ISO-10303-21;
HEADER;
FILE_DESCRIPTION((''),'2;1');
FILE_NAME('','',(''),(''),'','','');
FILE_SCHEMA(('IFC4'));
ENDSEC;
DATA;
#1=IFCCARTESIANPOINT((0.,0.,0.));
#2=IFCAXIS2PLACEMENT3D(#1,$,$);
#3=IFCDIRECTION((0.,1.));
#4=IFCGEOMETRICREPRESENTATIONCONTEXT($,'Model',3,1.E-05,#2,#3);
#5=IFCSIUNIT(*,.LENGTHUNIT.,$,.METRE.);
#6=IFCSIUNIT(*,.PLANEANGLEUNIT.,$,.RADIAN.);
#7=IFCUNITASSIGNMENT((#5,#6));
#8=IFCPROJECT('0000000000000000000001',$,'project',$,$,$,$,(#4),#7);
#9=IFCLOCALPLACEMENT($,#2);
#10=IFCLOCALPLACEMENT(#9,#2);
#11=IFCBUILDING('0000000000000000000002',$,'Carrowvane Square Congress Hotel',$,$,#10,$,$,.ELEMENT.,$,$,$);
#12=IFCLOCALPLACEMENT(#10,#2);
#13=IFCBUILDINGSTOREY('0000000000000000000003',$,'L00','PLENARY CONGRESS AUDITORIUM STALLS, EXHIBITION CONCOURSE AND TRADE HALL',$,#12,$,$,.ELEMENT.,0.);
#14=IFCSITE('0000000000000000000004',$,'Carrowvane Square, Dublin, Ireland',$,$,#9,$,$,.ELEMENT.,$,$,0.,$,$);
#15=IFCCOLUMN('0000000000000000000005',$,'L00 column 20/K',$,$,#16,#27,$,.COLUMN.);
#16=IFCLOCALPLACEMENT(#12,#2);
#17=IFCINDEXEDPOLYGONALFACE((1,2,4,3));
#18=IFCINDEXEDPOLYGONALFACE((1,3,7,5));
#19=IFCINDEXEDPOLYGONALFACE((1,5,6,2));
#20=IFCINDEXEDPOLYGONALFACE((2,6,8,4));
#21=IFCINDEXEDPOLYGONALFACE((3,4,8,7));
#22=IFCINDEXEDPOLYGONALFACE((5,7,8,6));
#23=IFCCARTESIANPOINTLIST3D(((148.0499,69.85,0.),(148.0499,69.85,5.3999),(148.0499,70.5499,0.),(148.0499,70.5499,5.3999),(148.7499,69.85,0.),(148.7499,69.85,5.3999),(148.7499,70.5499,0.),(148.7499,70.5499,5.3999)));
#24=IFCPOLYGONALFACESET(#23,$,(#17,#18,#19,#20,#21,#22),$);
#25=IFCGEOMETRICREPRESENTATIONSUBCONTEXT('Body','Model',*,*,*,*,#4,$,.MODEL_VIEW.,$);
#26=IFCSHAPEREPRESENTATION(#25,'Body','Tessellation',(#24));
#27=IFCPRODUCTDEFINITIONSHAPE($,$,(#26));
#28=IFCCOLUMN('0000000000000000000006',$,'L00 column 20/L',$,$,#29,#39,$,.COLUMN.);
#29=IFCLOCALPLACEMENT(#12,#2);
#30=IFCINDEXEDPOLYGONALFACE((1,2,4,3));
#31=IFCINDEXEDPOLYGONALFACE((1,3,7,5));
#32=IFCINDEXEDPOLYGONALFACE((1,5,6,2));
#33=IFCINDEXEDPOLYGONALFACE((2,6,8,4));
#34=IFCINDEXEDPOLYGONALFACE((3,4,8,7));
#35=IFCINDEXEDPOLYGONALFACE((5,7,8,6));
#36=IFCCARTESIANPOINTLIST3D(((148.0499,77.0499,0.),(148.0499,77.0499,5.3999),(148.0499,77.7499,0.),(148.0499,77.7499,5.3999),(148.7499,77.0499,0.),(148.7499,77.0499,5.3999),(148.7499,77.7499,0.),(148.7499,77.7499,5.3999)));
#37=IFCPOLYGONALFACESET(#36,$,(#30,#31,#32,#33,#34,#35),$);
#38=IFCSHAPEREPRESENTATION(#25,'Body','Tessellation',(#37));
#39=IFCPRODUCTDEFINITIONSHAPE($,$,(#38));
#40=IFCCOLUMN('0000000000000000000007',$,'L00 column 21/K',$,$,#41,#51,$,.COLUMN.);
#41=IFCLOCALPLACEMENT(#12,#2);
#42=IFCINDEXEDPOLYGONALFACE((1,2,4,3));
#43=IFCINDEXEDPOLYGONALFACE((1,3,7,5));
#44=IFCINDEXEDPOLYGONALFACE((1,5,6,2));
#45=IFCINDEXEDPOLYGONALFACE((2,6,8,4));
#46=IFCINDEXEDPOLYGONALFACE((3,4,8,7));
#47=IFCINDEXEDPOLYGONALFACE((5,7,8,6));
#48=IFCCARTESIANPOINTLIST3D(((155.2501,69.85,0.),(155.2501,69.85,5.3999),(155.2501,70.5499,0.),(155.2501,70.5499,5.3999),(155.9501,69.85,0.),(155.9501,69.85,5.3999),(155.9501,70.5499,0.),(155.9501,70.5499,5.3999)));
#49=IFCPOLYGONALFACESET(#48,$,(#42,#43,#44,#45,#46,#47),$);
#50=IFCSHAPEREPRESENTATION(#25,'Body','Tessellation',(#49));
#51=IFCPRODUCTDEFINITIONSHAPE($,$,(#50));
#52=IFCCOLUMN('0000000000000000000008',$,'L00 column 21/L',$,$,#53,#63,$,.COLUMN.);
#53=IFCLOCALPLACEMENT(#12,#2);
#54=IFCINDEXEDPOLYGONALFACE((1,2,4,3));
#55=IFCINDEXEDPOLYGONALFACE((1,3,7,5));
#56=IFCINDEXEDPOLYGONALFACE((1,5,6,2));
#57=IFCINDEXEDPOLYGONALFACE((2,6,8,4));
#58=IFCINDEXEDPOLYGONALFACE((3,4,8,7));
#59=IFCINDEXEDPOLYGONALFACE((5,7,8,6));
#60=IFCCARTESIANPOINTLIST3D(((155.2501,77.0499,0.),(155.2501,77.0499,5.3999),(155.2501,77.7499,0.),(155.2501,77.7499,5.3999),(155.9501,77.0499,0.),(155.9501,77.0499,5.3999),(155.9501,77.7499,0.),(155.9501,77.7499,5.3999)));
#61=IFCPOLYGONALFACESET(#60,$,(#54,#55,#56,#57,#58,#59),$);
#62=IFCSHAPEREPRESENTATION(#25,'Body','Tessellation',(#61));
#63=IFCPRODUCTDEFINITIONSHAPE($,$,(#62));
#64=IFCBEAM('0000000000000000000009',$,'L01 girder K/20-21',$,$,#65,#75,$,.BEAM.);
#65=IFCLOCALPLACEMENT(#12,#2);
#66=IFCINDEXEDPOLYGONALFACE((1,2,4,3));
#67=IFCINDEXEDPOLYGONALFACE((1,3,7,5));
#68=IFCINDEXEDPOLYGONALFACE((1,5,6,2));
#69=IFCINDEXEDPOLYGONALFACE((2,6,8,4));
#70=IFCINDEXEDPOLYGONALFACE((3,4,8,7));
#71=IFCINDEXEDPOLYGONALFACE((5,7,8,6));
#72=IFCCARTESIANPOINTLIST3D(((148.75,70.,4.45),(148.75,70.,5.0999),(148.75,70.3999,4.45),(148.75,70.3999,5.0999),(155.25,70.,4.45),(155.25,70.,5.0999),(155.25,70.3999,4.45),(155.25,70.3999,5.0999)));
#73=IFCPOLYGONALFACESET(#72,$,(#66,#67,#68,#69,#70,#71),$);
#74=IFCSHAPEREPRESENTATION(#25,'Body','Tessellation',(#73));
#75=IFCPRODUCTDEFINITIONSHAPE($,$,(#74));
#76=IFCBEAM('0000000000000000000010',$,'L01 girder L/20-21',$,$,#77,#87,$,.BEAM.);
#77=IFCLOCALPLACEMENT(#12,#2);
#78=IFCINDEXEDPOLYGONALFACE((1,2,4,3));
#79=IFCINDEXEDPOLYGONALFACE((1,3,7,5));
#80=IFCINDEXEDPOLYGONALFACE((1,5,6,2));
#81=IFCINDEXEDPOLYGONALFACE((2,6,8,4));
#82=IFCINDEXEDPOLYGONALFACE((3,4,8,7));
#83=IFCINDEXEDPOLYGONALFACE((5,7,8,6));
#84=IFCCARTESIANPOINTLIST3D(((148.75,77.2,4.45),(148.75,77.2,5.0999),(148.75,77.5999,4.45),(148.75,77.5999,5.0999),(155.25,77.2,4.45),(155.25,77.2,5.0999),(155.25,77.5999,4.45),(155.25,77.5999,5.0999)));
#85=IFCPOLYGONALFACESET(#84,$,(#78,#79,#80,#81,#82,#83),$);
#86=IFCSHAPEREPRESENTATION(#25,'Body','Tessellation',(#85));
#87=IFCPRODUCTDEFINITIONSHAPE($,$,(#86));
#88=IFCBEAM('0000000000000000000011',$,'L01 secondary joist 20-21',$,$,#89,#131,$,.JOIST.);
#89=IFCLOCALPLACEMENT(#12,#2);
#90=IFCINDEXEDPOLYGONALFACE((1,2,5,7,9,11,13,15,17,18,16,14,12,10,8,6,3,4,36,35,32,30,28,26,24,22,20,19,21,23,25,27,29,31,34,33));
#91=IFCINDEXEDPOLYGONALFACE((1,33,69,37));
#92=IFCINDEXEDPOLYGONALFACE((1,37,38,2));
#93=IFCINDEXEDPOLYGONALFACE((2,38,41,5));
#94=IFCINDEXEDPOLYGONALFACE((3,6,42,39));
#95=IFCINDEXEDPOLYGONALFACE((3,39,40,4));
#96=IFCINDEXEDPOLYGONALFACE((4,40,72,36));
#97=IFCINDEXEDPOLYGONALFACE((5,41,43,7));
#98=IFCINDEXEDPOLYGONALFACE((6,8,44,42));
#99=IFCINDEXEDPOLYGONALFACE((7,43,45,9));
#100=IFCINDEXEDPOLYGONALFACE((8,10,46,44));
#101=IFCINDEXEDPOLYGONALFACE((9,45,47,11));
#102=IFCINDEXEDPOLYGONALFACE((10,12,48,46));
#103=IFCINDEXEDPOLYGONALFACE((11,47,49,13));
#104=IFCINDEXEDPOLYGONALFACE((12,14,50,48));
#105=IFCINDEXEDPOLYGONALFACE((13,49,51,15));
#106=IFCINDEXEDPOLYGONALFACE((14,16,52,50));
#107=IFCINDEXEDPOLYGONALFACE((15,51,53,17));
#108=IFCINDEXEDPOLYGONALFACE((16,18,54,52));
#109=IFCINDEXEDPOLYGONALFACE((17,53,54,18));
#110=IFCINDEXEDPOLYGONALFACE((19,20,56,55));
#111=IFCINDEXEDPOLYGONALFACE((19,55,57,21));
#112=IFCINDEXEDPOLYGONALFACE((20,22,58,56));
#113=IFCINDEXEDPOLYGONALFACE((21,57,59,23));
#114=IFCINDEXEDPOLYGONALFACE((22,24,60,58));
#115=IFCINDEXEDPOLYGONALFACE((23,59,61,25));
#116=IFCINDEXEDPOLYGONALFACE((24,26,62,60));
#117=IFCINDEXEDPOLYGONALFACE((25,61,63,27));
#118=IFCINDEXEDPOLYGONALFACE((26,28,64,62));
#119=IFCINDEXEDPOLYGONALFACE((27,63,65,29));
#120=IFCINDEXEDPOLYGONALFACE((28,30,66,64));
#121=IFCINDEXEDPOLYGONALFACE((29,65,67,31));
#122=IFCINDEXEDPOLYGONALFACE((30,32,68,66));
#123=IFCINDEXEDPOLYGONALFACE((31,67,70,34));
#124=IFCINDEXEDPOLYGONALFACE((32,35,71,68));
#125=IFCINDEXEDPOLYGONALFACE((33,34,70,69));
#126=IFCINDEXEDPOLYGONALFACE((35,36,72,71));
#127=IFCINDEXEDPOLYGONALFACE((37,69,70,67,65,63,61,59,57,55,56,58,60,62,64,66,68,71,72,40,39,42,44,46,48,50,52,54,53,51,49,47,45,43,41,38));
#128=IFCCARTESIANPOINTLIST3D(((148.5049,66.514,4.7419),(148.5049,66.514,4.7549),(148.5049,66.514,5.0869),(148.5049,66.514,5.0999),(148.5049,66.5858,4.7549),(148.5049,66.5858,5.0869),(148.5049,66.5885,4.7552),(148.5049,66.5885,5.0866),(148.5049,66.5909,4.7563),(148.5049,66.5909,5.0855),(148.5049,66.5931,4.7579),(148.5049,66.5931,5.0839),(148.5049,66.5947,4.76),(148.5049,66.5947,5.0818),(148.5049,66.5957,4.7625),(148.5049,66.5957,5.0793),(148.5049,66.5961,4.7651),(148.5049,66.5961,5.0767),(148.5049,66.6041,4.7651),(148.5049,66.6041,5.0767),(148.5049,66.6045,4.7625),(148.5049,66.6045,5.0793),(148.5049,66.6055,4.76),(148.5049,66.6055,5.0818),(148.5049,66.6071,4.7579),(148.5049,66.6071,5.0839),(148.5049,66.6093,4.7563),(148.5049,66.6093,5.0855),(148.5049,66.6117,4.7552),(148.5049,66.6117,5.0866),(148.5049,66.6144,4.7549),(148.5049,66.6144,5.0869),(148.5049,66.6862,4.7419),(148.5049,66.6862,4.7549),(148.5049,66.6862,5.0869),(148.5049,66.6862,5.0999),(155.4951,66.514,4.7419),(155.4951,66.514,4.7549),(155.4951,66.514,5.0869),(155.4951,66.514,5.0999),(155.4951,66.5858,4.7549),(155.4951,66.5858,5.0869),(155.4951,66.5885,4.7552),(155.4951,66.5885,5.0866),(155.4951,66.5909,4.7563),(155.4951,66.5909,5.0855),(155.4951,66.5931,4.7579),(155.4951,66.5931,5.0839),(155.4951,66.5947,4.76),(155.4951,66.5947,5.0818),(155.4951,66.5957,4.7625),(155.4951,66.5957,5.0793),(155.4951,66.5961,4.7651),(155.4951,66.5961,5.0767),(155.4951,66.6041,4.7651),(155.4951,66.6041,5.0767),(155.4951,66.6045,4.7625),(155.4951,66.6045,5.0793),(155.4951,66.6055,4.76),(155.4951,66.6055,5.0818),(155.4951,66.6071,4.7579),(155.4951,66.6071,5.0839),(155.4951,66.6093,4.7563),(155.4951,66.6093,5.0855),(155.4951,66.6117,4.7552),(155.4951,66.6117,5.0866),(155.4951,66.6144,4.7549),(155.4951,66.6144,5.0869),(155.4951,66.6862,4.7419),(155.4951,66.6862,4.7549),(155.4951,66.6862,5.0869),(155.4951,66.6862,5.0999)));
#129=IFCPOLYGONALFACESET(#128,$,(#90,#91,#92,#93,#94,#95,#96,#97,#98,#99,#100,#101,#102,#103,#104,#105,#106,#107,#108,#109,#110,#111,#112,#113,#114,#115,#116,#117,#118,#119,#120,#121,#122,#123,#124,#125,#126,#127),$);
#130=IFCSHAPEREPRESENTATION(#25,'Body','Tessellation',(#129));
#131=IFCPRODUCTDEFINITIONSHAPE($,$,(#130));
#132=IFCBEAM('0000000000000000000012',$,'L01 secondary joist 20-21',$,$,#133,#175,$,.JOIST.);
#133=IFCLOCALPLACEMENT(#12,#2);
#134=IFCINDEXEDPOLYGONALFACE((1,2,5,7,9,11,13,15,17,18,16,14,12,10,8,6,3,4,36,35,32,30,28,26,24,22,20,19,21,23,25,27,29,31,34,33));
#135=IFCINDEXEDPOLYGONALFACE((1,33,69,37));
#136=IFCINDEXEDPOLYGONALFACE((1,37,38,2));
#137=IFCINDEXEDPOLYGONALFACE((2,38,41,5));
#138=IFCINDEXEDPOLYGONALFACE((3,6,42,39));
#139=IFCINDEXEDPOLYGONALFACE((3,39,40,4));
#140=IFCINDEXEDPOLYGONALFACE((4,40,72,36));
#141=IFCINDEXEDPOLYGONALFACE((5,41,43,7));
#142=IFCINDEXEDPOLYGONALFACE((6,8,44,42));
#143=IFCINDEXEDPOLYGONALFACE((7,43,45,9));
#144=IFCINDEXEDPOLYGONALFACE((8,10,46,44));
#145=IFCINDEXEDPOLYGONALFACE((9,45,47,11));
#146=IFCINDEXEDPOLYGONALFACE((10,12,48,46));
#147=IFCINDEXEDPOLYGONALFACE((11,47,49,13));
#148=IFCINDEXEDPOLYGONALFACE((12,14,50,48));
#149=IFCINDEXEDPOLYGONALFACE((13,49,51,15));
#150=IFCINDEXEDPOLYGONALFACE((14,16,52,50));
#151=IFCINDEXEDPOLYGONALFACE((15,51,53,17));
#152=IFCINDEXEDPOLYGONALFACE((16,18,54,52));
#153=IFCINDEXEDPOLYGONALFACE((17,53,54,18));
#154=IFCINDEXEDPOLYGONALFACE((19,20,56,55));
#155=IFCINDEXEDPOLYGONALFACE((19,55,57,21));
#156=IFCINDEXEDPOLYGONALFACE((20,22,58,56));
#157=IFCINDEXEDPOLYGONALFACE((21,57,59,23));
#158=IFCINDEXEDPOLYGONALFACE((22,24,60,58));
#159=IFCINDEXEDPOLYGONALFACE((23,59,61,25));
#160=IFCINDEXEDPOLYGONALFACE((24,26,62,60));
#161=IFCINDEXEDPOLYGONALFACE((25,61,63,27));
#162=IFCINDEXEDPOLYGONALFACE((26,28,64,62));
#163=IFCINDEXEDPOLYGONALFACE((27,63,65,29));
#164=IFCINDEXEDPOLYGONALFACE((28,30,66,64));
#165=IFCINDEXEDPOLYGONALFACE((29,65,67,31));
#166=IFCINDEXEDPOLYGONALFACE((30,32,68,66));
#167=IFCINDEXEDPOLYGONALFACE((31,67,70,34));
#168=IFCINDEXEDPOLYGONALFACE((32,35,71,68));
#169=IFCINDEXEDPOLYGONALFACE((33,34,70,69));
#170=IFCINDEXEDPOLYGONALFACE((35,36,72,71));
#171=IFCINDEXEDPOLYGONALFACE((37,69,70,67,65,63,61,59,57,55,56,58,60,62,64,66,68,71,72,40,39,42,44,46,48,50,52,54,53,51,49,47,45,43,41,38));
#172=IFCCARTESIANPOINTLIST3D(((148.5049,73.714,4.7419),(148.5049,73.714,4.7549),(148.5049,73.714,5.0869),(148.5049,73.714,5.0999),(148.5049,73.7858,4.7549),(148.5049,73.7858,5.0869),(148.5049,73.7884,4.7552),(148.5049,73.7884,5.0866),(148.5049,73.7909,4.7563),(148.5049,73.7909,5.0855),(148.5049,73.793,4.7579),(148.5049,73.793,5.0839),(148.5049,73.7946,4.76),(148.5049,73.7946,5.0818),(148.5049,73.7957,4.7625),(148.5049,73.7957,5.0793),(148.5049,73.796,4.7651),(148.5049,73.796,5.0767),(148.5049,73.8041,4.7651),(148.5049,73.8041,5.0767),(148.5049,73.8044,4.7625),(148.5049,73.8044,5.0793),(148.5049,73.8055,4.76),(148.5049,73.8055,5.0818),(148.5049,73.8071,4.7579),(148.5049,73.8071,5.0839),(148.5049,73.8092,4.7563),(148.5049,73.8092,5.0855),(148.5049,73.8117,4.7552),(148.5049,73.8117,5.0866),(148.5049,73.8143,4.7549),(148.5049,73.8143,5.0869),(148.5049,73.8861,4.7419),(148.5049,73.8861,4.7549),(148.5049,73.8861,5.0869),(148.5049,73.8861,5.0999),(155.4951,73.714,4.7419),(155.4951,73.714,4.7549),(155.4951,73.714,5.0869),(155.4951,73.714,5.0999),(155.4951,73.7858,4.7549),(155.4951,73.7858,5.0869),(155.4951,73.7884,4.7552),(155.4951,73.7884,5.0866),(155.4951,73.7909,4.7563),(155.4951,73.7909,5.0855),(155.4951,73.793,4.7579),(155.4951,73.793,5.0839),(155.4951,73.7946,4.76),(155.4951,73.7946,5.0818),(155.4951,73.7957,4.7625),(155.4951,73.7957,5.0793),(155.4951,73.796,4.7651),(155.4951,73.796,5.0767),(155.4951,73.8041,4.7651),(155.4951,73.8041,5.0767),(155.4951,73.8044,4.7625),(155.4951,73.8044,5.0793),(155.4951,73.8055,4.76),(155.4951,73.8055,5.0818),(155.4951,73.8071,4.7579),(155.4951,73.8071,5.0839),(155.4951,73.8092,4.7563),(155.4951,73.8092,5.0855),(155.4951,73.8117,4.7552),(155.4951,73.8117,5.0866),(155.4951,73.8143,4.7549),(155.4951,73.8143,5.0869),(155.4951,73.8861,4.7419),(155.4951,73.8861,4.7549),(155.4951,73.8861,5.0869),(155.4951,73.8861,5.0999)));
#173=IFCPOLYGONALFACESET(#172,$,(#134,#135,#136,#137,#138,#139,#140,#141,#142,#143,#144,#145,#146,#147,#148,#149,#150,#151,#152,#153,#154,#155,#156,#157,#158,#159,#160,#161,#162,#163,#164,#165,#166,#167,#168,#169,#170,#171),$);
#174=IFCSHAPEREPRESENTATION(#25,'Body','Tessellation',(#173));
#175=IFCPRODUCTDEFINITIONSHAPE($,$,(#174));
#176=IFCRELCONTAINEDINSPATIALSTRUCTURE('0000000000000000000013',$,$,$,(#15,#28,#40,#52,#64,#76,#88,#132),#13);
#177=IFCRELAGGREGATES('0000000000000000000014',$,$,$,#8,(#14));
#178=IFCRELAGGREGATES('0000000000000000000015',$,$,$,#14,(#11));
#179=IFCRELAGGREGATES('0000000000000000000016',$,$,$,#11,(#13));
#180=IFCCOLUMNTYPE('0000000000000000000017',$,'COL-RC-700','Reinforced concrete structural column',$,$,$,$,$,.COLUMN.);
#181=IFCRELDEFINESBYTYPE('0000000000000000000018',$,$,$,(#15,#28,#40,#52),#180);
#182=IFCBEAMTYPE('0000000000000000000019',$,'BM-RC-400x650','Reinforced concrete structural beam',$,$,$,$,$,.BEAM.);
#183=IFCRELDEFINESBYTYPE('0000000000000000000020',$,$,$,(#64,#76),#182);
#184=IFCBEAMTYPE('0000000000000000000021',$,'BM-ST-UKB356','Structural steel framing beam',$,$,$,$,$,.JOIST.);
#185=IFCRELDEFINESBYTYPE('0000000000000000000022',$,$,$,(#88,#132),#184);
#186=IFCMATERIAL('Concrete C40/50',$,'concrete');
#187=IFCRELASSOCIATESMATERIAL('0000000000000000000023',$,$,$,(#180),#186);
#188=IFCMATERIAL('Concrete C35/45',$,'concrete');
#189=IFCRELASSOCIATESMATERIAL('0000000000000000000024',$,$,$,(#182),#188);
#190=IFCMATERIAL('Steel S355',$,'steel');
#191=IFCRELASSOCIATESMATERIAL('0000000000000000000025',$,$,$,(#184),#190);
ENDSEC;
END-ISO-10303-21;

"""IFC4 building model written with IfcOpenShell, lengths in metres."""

from ifc_helpers import new_model, si_unit, direction, frame, origin, origin_2d, place, context, subcontext, project, spatial, rectangle, i_section, extrude, material, material_profile, profile_set, type_object, element, save


model = new_model("IFC4")

# Units and contexts
model_context = context("Model", 3, precision=1e-05, world=origin(), true_north=direction((0.0, 1.0)))
body_context = subcontext(model_context, "Body", "Model", "MODEL_VIEW")
ifc_project = project(units=[si_unit("LENGTHUNIT", "METRE"), si_unit("PLANEANGLEUNIT", "RADIAN")], contexts=[model_context])

# Site, building, storey
site_placement = place(None, origin())
site = spatial("IfcSite", under=ifc_project, at=site_placement, Name="Carrowvane Square, Dublin, Ireland", CompositionType="ELEMENT", RefElevation=0.0)
building_placement = place(site_placement, origin())
building = spatial("IfcBuilding", under=site, at=building_placement, Name="Carrowvane Square Congress Hotel", CompositionType="ELEMENT")
storey_placement = place(building_placement, origin())
storey = spatial("IfcBuildingStorey", under=building, at=storey_placement, Name="L00", Description="PLENARY CONGRESS AUDITORIUM STALLS, EXHIBITION CONCOURSE AND TRADE HALL", CompositionType="ELEMENT", Elevation=0.0)

# Columns
ifc_material_1 = material(Name="Concrete C40/50", Category="concrete")
ifc_material_profile_1 = material_profile(ifc_material_1, rectangle(XDim=0.7, YDim=0.7, at=origin_2d()), Name="RC 700x700")
ifc_profile_set_1 = profile_set([ifc_material_profile_1], Name="Concrete C40/50")
column_type = type_object("IfcColumnType", Name="COL-RC-700", Description="Reinforced concrete structural column", PredefinedType="COLUMN", material=ifc_profile_set_1)
for number, where, z_axis, x_axis, name in (
    (1, (148.3999, 70.2, 0.0), (0.0, 0.0, 1.0), (1.0, 0.0, 0.0), "L00 column 20/K"),
    (2, (148.3999, 77.3999, 0.0), (0.0, 0.0, 1.0), (1.0, 0.0, 0.0), "L00 column 20/L"),
    (3, (155.6001, 70.2, 0.0), (0.0, 0.0, 1.0), (1.0, 0.0, 0.0), "L00 column 21/K"),
    (4, (155.6001, 77.3999, 0.0), (0.0, 0.0, 1.0), (1.0, 0.0, 0.0), "L00 column 21/L"),
):
    element("IfcColumn", number, at=place(storey_placement, frame(where, z_axis=z_axis, x_axis=x_axis)), inside=storey, type_object=column_type, Name=name, PredefinedType="COLUMN", context=body_context, shape_type="SweptSolid", body=[
        extrude(rectangle(XDim=0.7, YDim=0.7, at=origin_2d()), origin(), (0.0, 0.0, 1.0), 5.3999),
    ])

# Beams
ifc_material_2 = material(Name="Concrete C35/45", Category="concrete")
ifc_material_profile_2 = material_profile(ifc_material_2, rectangle(XDim=0.3999, YDim=0.6499, at=origin_2d()), Name="RC 400x650")
ifc_profile_set_2 = profile_set([ifc_material_profile_2], Name="Concrete C35/45")
beam_type_1 = type_object("IfcBeamType", Name="BM-RC-400x650", Description="Reinforced concrete structural beam", PredefinedType="BEAM", material=ifc_profile_set_2)
for number, where, z_axis, x_axis, name in (
    (5, (148.75, 70.2, 4.7749), (1.0, 0.0, 0.0), (0.0, 1.0, 0.0), "L01 girder K/20-21"),
    (6, (148.75, 77.3999, 4.7749), (1.0, 0.0, 0.0), (0.0, 1.0, 0.0), "L01 girder L/20-21"),
):
    element("IfcBeam", number, at=place(storey_placement, frame(where, z_axis=z_axis, x_axis=x_axis)), inside=storey, type_object=beam_type_1, Name=name, PredefinedType="BEAM", context=body_context, shape_type="SweptSolid", body=[
        extrude(rectangle(XDim=0.3999, YDim=0.6499, at=origin_2d()), origin(), (0.0, 0.0, 1.0), 6.5),
    ])
ifc_material_3 = material(Name="Steel S355", Category="steel")
ifc_material_profile_3 = material_profile(ifc_material_3, i_section(OverallWidth=0.1721, OverallDepth=0.3579, WebThickness=0.0081, FlangeThickness=0.0129, FilletRadius=0.0103, at=origin_2d()), Name="UKB 356x171x57")
ifc_profile_set_3 = profile_set([ifc_material_profile_3], Name="Steel S355")
beam_type_2 = type_object("IfcBeamType", Name="BM-ST-UKB356", Description="Structural steel framing beam", PredefinedType="JOIST", material=ifc_profile_set_3)
for number, where, z_axis, x_axis, name in (
    (7, (148.5049, 66.6001, 4.9209), (1.0, 0.0, 0.0), (0.0, 1.0, 0.0), "L01 secondary joist 20-21"),
    (8, (148.5049, 73.8, 4.9209), (1.0, 0.0, 0.0), (0.0, 1.0, 0.0), "L01 secondary joist 20-21"),
):
    element("IfcBeam", number, at=place(storey_placement, frame(where, z_axis=z_axis, x_axis=x_axis)), inside=storey, type_object=beam_type_2, Name=name, PredefinedType="JOIST", context=body_context, shape_type="SweptSolid", body=[
        extrude(i_section(OverallWidth=0.1721, OverallDepth=0.3579, WebThickness=0.0081, FlangeThickness=0.0129, FilletRadius=0.0103, at=origin_2d()), origin(), (0.0, 0.0, 1.0), 6.9902),
    ])

save(model, "model.ifc")
